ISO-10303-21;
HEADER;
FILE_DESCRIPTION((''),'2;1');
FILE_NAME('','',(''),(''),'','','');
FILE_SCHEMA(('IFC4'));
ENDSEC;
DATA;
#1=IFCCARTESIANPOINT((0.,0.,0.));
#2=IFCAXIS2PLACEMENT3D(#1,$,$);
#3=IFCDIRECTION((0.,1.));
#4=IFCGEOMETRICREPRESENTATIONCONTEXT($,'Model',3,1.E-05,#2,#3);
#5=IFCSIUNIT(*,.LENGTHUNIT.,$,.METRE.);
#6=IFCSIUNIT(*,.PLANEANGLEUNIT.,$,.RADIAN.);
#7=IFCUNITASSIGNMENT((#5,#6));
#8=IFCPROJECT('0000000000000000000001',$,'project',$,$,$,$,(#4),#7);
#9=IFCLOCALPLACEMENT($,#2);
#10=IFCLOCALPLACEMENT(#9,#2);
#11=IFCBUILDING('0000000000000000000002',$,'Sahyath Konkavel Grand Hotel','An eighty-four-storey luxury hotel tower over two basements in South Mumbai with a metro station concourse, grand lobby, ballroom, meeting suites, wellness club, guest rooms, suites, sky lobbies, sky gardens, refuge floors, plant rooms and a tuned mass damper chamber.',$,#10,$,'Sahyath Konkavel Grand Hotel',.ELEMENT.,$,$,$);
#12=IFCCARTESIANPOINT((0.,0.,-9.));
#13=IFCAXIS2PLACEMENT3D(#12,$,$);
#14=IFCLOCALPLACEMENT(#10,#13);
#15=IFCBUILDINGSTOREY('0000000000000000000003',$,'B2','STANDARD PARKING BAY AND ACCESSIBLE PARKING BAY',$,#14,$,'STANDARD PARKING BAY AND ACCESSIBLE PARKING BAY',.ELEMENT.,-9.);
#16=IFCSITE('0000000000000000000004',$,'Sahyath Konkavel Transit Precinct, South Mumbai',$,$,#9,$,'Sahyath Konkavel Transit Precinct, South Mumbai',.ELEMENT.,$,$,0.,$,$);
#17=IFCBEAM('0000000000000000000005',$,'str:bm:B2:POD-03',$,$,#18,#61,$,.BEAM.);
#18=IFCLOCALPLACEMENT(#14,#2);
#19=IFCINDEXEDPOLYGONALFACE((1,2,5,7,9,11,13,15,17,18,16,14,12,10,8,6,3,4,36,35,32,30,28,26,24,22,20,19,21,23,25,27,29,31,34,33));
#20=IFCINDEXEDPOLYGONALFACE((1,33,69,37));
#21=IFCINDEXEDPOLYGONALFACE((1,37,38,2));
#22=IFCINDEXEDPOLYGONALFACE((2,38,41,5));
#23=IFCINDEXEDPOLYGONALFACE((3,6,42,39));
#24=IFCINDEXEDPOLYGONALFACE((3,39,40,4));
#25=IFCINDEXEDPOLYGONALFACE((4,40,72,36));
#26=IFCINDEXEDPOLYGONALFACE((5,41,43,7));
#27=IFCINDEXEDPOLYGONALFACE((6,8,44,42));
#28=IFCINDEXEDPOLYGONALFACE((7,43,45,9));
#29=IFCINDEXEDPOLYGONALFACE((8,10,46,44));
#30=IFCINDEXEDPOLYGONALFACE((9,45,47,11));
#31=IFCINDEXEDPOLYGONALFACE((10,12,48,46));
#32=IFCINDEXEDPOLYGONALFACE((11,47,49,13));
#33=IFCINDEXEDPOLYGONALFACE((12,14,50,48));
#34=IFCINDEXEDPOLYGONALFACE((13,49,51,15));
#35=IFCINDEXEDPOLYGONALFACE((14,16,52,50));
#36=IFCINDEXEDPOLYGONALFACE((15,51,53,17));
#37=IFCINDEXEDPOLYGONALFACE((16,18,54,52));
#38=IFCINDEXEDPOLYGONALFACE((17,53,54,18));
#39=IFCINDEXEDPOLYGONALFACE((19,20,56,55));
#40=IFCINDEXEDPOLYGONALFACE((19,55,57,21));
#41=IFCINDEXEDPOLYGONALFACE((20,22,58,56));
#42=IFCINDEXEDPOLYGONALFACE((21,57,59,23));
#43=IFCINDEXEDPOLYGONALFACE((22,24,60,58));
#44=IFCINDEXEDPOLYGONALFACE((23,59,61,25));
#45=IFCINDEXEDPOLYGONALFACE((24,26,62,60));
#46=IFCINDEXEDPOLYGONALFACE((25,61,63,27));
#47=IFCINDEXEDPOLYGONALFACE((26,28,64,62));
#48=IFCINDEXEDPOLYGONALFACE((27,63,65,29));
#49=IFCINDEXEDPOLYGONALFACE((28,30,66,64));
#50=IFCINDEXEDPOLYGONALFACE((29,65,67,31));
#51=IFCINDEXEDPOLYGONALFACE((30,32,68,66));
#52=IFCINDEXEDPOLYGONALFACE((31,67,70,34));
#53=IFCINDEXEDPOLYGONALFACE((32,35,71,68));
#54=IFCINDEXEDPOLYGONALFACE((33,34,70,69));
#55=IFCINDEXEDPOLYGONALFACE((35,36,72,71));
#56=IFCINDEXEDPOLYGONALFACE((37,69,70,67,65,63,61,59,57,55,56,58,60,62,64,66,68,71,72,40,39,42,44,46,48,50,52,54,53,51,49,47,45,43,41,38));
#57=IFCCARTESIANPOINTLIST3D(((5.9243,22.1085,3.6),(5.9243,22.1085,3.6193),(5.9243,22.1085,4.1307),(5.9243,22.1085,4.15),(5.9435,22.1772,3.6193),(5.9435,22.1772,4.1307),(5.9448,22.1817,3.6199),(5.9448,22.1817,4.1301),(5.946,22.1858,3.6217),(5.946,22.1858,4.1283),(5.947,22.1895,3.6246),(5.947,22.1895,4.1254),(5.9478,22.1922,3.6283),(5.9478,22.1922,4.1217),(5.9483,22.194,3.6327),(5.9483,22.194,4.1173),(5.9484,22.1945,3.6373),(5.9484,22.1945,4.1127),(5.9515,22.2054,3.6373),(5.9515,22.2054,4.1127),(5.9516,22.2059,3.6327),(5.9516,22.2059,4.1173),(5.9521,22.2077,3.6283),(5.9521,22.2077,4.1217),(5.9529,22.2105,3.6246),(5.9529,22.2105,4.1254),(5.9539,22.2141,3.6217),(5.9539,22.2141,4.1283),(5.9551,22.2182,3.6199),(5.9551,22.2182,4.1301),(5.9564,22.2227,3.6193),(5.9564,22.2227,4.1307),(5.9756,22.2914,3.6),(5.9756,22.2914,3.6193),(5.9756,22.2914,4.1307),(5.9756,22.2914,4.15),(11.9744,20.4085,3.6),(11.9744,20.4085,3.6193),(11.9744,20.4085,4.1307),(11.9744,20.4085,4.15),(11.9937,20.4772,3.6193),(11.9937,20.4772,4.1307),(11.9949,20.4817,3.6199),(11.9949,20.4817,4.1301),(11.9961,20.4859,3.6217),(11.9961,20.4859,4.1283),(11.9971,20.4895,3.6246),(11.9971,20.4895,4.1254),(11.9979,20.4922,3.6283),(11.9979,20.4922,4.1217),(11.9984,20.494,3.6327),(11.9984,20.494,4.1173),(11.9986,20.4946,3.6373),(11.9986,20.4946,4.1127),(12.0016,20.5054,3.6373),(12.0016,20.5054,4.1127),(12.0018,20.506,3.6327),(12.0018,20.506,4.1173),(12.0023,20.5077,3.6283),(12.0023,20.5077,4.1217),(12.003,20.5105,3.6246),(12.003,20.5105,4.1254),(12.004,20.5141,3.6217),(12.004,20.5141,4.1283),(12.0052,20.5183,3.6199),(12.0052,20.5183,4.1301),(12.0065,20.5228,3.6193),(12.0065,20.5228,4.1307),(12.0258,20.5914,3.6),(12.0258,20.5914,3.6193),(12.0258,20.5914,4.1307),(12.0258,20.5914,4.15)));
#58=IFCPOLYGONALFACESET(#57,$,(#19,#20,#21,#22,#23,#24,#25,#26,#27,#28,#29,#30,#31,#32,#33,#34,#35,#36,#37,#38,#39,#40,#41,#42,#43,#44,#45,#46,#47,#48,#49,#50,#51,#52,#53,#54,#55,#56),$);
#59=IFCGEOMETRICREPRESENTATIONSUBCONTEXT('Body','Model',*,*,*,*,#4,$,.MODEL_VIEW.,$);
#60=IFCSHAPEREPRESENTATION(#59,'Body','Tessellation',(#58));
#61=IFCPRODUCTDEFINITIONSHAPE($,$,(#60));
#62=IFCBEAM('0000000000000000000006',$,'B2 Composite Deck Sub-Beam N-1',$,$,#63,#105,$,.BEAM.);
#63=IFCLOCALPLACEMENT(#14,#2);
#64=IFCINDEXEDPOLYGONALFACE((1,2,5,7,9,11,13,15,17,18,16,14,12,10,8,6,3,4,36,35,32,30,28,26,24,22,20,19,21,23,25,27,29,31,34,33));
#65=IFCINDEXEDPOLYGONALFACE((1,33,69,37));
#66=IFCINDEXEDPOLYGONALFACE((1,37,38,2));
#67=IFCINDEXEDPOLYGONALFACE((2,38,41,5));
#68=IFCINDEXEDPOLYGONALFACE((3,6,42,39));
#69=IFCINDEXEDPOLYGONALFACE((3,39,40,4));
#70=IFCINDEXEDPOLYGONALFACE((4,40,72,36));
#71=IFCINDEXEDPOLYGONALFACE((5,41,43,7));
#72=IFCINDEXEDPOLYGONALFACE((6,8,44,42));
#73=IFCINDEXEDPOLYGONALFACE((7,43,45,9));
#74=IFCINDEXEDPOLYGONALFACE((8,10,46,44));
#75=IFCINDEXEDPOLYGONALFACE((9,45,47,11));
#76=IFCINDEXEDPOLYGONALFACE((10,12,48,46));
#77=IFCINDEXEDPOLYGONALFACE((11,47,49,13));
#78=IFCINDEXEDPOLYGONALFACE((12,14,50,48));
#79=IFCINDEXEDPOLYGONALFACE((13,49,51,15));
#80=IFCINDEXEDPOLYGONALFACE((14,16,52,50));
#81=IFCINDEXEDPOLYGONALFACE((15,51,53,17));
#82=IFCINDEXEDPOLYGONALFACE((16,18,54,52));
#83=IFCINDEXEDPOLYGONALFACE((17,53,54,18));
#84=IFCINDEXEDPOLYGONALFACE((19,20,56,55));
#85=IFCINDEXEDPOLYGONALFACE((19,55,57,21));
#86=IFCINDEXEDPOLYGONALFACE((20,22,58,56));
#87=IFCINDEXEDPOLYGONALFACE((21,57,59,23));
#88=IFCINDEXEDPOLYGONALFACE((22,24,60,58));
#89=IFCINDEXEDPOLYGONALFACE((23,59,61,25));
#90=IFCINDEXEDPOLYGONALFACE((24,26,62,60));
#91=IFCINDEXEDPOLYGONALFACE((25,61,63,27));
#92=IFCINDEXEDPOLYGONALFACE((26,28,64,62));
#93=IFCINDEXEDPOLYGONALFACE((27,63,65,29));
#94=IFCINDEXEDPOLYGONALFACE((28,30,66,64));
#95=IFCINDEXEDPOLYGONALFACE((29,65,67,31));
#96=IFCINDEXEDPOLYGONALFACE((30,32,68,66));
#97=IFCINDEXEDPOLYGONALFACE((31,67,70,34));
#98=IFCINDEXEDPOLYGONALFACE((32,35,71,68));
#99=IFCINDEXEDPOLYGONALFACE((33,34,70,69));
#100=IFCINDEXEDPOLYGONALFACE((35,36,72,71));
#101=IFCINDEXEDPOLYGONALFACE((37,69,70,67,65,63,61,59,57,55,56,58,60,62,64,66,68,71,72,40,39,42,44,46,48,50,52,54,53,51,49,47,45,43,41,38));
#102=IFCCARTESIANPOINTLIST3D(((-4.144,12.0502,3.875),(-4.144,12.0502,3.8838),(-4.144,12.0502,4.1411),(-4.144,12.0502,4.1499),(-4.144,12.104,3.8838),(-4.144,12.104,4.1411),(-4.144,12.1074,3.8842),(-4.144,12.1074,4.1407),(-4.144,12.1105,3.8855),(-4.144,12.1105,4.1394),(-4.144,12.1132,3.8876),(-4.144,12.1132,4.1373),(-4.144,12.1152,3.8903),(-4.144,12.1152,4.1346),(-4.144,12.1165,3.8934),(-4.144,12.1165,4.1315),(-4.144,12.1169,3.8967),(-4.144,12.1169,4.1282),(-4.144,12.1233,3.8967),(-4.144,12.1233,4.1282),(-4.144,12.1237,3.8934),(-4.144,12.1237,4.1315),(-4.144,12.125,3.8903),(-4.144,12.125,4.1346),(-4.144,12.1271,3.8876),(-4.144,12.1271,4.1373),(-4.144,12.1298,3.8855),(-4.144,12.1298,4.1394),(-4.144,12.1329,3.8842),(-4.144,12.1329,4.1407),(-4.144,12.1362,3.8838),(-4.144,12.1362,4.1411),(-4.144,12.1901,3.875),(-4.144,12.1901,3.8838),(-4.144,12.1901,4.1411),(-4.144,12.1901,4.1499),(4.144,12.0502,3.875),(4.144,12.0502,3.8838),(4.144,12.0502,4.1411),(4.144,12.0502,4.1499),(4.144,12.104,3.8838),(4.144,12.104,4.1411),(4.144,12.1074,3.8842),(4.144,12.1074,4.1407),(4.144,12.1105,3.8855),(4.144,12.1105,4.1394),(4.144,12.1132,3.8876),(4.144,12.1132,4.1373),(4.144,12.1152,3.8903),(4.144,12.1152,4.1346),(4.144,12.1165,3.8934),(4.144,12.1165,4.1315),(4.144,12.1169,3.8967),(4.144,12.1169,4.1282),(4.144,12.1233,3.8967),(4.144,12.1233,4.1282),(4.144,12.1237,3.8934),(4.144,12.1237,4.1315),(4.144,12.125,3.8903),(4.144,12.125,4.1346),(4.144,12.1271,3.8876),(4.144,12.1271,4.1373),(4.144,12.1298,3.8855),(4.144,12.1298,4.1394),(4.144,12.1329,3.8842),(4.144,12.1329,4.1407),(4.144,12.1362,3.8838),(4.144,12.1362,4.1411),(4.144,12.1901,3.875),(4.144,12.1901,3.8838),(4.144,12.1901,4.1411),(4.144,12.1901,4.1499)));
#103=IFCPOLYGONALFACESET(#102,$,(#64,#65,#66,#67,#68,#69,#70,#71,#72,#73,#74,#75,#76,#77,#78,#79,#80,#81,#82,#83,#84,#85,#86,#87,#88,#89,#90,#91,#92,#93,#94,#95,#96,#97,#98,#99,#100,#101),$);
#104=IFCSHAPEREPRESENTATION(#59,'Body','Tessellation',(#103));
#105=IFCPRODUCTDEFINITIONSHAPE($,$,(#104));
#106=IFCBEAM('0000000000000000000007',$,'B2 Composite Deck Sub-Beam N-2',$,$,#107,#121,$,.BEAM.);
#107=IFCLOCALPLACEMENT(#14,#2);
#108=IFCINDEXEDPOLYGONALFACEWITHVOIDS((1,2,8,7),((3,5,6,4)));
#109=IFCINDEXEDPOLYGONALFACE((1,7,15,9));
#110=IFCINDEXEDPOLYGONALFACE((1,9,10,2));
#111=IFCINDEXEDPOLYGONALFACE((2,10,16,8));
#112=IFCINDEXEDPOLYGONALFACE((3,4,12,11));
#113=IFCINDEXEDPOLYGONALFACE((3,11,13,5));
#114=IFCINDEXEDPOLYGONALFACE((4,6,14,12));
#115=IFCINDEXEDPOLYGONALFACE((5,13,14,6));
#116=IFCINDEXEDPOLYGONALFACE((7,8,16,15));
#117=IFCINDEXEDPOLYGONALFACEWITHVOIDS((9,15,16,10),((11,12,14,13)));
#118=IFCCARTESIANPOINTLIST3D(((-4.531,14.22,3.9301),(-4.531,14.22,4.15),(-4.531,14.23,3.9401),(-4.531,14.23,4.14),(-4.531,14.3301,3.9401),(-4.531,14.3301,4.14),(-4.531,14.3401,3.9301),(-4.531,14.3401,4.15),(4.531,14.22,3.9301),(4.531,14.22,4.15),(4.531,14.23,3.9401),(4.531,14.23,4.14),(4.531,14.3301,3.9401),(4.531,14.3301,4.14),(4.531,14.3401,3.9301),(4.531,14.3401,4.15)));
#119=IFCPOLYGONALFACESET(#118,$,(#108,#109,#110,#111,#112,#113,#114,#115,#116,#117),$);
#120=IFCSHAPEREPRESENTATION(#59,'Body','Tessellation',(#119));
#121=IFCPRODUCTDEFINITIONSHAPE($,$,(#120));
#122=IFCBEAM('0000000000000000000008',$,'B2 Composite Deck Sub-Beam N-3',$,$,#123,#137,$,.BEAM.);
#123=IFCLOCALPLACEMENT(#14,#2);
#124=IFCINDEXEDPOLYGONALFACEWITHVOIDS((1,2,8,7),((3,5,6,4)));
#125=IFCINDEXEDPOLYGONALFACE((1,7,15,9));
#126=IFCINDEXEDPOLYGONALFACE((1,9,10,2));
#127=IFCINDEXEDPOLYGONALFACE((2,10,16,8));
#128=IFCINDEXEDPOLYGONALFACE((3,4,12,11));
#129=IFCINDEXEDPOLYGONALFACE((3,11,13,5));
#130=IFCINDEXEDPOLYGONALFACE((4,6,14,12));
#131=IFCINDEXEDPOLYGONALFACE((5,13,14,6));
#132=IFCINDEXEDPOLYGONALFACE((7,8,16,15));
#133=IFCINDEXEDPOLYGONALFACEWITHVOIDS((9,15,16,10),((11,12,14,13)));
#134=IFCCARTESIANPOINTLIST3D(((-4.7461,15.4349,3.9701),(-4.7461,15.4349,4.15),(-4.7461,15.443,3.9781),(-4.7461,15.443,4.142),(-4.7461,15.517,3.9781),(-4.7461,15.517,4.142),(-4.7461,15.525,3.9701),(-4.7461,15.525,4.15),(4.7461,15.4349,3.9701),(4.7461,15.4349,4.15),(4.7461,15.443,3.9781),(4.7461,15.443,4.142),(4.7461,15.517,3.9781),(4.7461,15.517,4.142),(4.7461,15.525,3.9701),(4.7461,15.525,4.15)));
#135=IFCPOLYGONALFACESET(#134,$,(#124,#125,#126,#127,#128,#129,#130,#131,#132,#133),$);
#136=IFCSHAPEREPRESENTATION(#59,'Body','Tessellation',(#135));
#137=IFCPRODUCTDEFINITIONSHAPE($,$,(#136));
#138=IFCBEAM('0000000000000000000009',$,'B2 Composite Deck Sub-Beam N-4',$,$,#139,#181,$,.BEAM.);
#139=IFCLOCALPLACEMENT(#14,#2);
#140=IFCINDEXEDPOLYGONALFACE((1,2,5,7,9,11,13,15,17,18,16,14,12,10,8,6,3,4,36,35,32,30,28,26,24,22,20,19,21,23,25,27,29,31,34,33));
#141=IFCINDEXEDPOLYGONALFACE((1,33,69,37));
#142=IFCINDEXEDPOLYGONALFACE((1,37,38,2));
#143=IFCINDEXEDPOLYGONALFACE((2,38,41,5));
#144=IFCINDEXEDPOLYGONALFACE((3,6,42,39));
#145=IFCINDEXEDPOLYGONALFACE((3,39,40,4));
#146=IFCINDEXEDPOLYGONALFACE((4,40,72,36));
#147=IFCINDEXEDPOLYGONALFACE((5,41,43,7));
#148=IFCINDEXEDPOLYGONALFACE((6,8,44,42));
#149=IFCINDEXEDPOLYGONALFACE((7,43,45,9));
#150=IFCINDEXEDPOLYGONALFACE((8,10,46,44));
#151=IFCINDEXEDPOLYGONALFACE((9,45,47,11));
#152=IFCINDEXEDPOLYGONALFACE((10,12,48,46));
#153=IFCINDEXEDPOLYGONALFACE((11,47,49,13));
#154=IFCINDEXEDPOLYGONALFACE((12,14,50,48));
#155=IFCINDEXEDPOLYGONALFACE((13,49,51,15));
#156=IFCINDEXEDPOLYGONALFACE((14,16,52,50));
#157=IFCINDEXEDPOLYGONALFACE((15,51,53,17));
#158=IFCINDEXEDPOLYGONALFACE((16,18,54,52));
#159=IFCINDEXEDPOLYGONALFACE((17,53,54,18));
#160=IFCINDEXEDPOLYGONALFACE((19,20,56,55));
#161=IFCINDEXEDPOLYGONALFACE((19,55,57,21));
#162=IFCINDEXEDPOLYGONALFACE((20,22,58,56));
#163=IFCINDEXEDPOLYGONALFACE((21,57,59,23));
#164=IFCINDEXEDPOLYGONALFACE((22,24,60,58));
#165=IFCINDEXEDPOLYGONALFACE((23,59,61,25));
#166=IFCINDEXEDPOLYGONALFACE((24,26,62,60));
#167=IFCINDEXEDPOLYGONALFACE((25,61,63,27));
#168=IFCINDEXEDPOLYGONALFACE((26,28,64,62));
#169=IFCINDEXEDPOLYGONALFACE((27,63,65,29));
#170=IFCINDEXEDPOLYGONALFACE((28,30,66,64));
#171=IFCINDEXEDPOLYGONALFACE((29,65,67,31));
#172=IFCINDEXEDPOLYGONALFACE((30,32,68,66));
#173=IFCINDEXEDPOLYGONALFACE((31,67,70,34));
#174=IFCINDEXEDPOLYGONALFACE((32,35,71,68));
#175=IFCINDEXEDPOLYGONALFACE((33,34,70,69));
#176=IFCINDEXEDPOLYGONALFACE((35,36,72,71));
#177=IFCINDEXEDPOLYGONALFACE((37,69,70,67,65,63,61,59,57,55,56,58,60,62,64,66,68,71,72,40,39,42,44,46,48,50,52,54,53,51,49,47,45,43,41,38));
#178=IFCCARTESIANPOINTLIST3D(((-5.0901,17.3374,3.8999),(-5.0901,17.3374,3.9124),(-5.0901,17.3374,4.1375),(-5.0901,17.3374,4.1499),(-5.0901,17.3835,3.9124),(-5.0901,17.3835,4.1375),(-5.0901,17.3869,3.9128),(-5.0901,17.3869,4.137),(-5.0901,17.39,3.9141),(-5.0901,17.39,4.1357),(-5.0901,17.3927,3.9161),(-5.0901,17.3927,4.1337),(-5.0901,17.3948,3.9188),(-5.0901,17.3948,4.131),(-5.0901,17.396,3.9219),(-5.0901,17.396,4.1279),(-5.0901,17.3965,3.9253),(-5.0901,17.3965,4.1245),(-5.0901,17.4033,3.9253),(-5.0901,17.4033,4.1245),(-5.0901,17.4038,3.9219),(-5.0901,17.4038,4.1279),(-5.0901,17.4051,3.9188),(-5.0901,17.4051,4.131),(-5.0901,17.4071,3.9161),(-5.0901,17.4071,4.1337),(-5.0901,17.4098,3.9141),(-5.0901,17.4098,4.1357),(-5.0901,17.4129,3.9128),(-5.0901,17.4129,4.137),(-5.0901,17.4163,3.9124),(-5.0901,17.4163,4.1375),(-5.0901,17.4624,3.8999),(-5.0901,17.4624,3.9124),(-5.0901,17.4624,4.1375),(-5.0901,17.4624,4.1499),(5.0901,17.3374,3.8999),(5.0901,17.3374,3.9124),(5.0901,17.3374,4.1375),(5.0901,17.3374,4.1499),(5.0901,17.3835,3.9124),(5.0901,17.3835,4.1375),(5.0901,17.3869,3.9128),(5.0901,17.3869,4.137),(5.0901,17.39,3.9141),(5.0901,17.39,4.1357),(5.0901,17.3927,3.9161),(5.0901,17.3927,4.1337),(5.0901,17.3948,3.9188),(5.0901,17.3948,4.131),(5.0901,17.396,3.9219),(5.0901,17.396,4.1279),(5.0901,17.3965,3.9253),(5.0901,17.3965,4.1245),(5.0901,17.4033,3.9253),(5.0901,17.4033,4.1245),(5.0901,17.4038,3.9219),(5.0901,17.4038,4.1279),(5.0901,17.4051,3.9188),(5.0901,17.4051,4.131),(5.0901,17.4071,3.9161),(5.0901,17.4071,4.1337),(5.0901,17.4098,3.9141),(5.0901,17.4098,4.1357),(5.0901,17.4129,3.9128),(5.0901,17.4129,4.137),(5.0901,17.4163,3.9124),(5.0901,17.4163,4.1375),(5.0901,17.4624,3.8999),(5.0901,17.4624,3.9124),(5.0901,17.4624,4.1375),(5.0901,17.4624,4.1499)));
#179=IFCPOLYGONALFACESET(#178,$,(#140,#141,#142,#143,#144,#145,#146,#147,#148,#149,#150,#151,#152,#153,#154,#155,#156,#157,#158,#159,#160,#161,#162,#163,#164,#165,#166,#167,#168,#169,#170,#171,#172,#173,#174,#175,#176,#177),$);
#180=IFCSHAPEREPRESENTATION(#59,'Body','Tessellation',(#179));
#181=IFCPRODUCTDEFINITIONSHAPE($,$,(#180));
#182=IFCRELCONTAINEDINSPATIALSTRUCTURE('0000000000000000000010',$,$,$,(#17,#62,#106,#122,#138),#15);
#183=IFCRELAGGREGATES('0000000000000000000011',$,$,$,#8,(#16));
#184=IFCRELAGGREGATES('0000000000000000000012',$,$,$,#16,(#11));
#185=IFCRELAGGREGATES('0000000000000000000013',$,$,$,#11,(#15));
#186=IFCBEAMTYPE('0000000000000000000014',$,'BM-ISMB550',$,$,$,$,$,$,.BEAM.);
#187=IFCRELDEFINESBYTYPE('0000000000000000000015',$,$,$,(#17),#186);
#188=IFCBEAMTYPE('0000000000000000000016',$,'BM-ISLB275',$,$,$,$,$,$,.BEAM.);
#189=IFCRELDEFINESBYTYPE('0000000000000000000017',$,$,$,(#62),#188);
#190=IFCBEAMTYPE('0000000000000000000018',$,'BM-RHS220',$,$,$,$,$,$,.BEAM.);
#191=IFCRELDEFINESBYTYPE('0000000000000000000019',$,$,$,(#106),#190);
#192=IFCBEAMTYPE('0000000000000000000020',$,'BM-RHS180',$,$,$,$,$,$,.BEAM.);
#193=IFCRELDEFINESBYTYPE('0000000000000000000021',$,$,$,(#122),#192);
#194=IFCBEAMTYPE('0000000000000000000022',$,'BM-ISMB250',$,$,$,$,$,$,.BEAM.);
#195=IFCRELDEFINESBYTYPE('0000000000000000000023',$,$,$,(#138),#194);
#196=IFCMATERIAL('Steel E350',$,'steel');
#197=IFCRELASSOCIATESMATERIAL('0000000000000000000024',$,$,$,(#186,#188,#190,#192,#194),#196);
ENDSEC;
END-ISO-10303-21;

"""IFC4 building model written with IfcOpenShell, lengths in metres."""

from ifc_helpers import new_model, si_unit, direction, frame, origin, origin_2d, place, context, subcontext, project, spatial, hollow_rectangle, i_section, extrude, source, transform, mapped, material, material_profile, profile_set, type_object, element, save


model = new_model("IFC4")

# Units and contexts
model_context = context("Model", 3, precision=1e-05, world=origin(), true_north=direction((0.0, 1.0)))
body_context = subcontext(model_context, "Body", "Model", "MODEL_VIEW")
ifc_project = project(units=[si_unit("LENGTHUNIT", "METRE"), si_unit("PLANEANGLEUNIT", "RADIAN")], contexts=[model_context])

# Site, building, storey
site_placement = place(None, origin())
site = spatial("IfcSite", under=ifc_project, at=site_placement, Name="Sahyath Konkavel Transit Precinct, South Mumbai", LongName="Sahyath Konkavel Transit Precinct, South Mumbai", CompositionType="ELEMENT", RefElevation=0.0)
building_placement = place(site_placement, origin())
building = spatial("IfcBuilding", under=site, at=building_placement, Name="Sahyath Konkavel Grand Hotel", Description="An eighty-four-storey luxury hotel tower over two basements in South Mumbai with a metro station concourse, grand lobby, ballroom, meeting suites, wellness club, guest rooms, suites, sky lobbies, sky gardens, refuge floors, plant rooms and a tuned mass damper chamber.", LongName="Sahyath Konkavel Grand Hotel", CompositionType="ELEMENT")
storey_placement = place(building_placement, frame((0.0, 0.0, -9.0)))
storey = spatial("IfcBuildingStorey", under=building, at=storey_placement, Name="B2", Description="STANDARD PARKING BAY AND ACCESSIBLE PARKING BAY", LongName="STANDARD PARKING BAY AND ACCESSIBLE PARKING BAY", CompositionType="ELEMENT", Elevation=-9.0)

# Beams
ifc_material_1 = material(Name="Steel E350", Category="steel")
ifc_material_profile_1 = material_profile(ifc_material_1, i_section(OverallWidth=0.1899, OverallDepth=0.55, WebThickness=0.0112, FlangeThickness=0.0193, FilletRadius=0.0181, at=origin_2d()), Name="ISMB 550")
ifc_profile_set_1 = profile_set([ifc_material_profile_1], Name="Steel E350")
beam_type_1 = type_object("IfcBeamType", Name="BM-ISMB550", PredefinedType="BEAM", material=ifc_profile_set_1)
shared_shape_1 = source(origin(), body_context, "Body", "SweptSolid", [
    extrude(i_section(OverallWidth=0.1899, OverallDepth=0.55, WebThickness=0.0112, FlangeThickness=0.0193, FilletRadius=0.0181, at=origin_2d()), origin(), (0.0, 0.0, 1.0), 6.2844),
])
beam_1_placement = place(storey_placement, frame((5.95, 22.2, 3.875), z_axis=(0.962718, -0.270506, 0.0), x_axis=(0.270506, 0.962718, 0.0)))
element("IfcBeam", 1, at=beam_1_placement, inside=storey, type_object=beam_type_1, Name="str:bm:B2:POD-03", PredefinedType="BEAM", context=body_context, shape_type="MappedRepresentation", body=[
    mapped(shared_shape_1, transform((0.0, 0.0, 0.0), scale=1.0)),
])
ifc_material_profile_2 = material_profile(ifc_material_1, i_section(OverallWidth=0.1399, OverallDepth=0.2749, WebThickness=0.0063, FlangeThickness=0.0088, FilletRadius=0.0129, at=origin_2d()), Name="ISLB 275")
ifc_profile_set_2 = profile_set([ifc_material_profile_2], Name="Steel E350")
beam_type_2 = type_object("IfcBeamType", Name="BM-ISLB275", PredefinedType="BEAM", material=ifc_profile_set_2)
shared_shape_2 = source(origin(), body_context, "Body", "SweptSolid", [
    extrude(i_section(OverallWidth=0.1399, OverallDepth=0.2749, WebThickness=0.0063, FlangeThickness=0.0088, FilletRadius=0.0129, at=origin_2d()), origin(), (0.0, 0.0, 1.0), 8.2881),
])
beam_2_placement = place(storey_placement, frame((4.144, 12.1201, 4.0125), z_axis=(-1.0, 0.0, 0.0), x_axis=(0.0, -1.0, 0.0)))
element("IfcBeam", 2, at=beam_2_placement, inside=storey, type_object=beam_type_2, Name="B2 Composite Deck Sub-Beam N-1", PredefinedType="BEAM", context=body_context, shape_type="MappedRepresentation", body=[
    mapped(shared_shape_2, transform((0.0, 0.0, 0.0), scale=1.0)),
])
ifc_material_profile_3 = material_profile(ifc_material_1, hollow_rectangle(XDim=0.1201, YDim=0.22, WallThickness=0.01, at=origin_2d()), Name="RHS 220x120x10")
ifc_profile_set_3 = profile_set([ifc_material_profile_3], Name="Steel E350")
beam_type_3 = type_object("IfcBeamType", Name="BM-RHS220", PredefinedType="BEAM", material=ifc_profile_set_3)
shared_shape_3 = source(origin(), body_context, "Body", "SweptSolid", [
    extrude(hollow_rectangle(XDim=0.1201, YDim=0.22, WallThickness=0.01, at=origin_2d()), origin(), (0.0, 0.0, 1.0), 9.062),
])
beam_3_placement = place(storey_placement, frame((4.531, 14.28, 4.04), z_axis=(-1.0, 0.0, 0.0), x_axis=(0.0, -1.0, 0.0)))
element("IfcBeam", 3, at=beam_3_placement, inside=storey, type_object=beam_type_3, Name="B2 Composite Deck Sub-Beam N-2", PredefinedType="BEAM", context=body_context, shape_type="MappedRepresentation", body=[
    mapped(shared_shape_3, transform((0.0, 0.0, 0.0), scale=1.0)),
])
ifc_material_profile_4 = material_profile(ifc_material_1, hollow_rectangle(XDim=0.0901, YDim=0.1799, WallThickness=0.0081, at=origin_2d()), Name="RHS 180x90x8")
ifc_profile_set_4 = profile_set([ifc_material_profile_4], Name="Steel E350")
beam_type_4 = type_object("IfcBeamType", Name="BM-RHS180", PredefinedType="BEAM", material=ifc_profile_set_4)
shared_shape_4 = source(origin(), body_context, "Body", "SweptSolid", [
    extrude(hollow_rectangle(XDim=0.0901, YDim=0.1799, WallThickness=0.0081, at=origin_2d()), origin(), (0.0, 0.0, 1.0), 9.4922),
])
beam_4_placement = place(storey_placement, frame((4.7461, 15.48, 4.0601), z_axis=(-1.0, 0.0, 0.0), x_axis=(0.0, -1.0, 0.0)))
element("IfcBeam", 4, at=beam_4_placement, inside=storey, type_object=beam_type_4, Name="B2 Composite Deck Sub-Beam N-3", PredefinedType="BEAM", context=body_context, shape_type="MappedRepresentation", body=[
    mapped(shared_shape_4, transform((0.0, 0.0, 0.0), scale=1.0)),
])
ifc_material_profile_5 = material_profile(ifc_material_1, i_section(OverallWidth=0.125, OverallDepth=0.25, WebThickness=0.0068, FlangeThickness=0.0125, FilletRadius=0.0129, at=origin_2d()), Name="ISMB 250")
ifc_profile_set_5 = profile_set([ifc_material_profile_5], Name="Steel E350")
beam_type_5 = type_object("IfcBeamType", Name="BM-ISMB250", PredefinedType="BEAM", material=ifc_profile_set_5)
shared_shape_5 = source(origin(), body_context, "Body", "SweptSolid", [
    extrude(i_section(OverallWidth=0.125, OverallDepth=0.25, WebThickness=0.0068, FlangeThickness=0.0125, FilletRadius=0.0129, at=origin_2d()), origin(), (0.0, 0.0, 1.0), 10.1802),
])
beam_5_placement = place(storey_placement, frame((5.0901, 17.3999, 4.0249), z_axis=(-1.0, 0.0, 0.0), x_axis=(0.0, -1.0, 0.0)))
element("IfcBeam", 5, at=beam_5_placement, inside=storey, type_object=beam_type_5, Name="B2 Composite Deck Sub-Beam N-4", PredefinedType="BEAM", context=body_context, shape_type="MappedRepresentation", body=[
    mapped(shared_shape_5, transform((0.0, 0.0, 0.0), scale=1.0)),
])

save(model, "model.ifc")
